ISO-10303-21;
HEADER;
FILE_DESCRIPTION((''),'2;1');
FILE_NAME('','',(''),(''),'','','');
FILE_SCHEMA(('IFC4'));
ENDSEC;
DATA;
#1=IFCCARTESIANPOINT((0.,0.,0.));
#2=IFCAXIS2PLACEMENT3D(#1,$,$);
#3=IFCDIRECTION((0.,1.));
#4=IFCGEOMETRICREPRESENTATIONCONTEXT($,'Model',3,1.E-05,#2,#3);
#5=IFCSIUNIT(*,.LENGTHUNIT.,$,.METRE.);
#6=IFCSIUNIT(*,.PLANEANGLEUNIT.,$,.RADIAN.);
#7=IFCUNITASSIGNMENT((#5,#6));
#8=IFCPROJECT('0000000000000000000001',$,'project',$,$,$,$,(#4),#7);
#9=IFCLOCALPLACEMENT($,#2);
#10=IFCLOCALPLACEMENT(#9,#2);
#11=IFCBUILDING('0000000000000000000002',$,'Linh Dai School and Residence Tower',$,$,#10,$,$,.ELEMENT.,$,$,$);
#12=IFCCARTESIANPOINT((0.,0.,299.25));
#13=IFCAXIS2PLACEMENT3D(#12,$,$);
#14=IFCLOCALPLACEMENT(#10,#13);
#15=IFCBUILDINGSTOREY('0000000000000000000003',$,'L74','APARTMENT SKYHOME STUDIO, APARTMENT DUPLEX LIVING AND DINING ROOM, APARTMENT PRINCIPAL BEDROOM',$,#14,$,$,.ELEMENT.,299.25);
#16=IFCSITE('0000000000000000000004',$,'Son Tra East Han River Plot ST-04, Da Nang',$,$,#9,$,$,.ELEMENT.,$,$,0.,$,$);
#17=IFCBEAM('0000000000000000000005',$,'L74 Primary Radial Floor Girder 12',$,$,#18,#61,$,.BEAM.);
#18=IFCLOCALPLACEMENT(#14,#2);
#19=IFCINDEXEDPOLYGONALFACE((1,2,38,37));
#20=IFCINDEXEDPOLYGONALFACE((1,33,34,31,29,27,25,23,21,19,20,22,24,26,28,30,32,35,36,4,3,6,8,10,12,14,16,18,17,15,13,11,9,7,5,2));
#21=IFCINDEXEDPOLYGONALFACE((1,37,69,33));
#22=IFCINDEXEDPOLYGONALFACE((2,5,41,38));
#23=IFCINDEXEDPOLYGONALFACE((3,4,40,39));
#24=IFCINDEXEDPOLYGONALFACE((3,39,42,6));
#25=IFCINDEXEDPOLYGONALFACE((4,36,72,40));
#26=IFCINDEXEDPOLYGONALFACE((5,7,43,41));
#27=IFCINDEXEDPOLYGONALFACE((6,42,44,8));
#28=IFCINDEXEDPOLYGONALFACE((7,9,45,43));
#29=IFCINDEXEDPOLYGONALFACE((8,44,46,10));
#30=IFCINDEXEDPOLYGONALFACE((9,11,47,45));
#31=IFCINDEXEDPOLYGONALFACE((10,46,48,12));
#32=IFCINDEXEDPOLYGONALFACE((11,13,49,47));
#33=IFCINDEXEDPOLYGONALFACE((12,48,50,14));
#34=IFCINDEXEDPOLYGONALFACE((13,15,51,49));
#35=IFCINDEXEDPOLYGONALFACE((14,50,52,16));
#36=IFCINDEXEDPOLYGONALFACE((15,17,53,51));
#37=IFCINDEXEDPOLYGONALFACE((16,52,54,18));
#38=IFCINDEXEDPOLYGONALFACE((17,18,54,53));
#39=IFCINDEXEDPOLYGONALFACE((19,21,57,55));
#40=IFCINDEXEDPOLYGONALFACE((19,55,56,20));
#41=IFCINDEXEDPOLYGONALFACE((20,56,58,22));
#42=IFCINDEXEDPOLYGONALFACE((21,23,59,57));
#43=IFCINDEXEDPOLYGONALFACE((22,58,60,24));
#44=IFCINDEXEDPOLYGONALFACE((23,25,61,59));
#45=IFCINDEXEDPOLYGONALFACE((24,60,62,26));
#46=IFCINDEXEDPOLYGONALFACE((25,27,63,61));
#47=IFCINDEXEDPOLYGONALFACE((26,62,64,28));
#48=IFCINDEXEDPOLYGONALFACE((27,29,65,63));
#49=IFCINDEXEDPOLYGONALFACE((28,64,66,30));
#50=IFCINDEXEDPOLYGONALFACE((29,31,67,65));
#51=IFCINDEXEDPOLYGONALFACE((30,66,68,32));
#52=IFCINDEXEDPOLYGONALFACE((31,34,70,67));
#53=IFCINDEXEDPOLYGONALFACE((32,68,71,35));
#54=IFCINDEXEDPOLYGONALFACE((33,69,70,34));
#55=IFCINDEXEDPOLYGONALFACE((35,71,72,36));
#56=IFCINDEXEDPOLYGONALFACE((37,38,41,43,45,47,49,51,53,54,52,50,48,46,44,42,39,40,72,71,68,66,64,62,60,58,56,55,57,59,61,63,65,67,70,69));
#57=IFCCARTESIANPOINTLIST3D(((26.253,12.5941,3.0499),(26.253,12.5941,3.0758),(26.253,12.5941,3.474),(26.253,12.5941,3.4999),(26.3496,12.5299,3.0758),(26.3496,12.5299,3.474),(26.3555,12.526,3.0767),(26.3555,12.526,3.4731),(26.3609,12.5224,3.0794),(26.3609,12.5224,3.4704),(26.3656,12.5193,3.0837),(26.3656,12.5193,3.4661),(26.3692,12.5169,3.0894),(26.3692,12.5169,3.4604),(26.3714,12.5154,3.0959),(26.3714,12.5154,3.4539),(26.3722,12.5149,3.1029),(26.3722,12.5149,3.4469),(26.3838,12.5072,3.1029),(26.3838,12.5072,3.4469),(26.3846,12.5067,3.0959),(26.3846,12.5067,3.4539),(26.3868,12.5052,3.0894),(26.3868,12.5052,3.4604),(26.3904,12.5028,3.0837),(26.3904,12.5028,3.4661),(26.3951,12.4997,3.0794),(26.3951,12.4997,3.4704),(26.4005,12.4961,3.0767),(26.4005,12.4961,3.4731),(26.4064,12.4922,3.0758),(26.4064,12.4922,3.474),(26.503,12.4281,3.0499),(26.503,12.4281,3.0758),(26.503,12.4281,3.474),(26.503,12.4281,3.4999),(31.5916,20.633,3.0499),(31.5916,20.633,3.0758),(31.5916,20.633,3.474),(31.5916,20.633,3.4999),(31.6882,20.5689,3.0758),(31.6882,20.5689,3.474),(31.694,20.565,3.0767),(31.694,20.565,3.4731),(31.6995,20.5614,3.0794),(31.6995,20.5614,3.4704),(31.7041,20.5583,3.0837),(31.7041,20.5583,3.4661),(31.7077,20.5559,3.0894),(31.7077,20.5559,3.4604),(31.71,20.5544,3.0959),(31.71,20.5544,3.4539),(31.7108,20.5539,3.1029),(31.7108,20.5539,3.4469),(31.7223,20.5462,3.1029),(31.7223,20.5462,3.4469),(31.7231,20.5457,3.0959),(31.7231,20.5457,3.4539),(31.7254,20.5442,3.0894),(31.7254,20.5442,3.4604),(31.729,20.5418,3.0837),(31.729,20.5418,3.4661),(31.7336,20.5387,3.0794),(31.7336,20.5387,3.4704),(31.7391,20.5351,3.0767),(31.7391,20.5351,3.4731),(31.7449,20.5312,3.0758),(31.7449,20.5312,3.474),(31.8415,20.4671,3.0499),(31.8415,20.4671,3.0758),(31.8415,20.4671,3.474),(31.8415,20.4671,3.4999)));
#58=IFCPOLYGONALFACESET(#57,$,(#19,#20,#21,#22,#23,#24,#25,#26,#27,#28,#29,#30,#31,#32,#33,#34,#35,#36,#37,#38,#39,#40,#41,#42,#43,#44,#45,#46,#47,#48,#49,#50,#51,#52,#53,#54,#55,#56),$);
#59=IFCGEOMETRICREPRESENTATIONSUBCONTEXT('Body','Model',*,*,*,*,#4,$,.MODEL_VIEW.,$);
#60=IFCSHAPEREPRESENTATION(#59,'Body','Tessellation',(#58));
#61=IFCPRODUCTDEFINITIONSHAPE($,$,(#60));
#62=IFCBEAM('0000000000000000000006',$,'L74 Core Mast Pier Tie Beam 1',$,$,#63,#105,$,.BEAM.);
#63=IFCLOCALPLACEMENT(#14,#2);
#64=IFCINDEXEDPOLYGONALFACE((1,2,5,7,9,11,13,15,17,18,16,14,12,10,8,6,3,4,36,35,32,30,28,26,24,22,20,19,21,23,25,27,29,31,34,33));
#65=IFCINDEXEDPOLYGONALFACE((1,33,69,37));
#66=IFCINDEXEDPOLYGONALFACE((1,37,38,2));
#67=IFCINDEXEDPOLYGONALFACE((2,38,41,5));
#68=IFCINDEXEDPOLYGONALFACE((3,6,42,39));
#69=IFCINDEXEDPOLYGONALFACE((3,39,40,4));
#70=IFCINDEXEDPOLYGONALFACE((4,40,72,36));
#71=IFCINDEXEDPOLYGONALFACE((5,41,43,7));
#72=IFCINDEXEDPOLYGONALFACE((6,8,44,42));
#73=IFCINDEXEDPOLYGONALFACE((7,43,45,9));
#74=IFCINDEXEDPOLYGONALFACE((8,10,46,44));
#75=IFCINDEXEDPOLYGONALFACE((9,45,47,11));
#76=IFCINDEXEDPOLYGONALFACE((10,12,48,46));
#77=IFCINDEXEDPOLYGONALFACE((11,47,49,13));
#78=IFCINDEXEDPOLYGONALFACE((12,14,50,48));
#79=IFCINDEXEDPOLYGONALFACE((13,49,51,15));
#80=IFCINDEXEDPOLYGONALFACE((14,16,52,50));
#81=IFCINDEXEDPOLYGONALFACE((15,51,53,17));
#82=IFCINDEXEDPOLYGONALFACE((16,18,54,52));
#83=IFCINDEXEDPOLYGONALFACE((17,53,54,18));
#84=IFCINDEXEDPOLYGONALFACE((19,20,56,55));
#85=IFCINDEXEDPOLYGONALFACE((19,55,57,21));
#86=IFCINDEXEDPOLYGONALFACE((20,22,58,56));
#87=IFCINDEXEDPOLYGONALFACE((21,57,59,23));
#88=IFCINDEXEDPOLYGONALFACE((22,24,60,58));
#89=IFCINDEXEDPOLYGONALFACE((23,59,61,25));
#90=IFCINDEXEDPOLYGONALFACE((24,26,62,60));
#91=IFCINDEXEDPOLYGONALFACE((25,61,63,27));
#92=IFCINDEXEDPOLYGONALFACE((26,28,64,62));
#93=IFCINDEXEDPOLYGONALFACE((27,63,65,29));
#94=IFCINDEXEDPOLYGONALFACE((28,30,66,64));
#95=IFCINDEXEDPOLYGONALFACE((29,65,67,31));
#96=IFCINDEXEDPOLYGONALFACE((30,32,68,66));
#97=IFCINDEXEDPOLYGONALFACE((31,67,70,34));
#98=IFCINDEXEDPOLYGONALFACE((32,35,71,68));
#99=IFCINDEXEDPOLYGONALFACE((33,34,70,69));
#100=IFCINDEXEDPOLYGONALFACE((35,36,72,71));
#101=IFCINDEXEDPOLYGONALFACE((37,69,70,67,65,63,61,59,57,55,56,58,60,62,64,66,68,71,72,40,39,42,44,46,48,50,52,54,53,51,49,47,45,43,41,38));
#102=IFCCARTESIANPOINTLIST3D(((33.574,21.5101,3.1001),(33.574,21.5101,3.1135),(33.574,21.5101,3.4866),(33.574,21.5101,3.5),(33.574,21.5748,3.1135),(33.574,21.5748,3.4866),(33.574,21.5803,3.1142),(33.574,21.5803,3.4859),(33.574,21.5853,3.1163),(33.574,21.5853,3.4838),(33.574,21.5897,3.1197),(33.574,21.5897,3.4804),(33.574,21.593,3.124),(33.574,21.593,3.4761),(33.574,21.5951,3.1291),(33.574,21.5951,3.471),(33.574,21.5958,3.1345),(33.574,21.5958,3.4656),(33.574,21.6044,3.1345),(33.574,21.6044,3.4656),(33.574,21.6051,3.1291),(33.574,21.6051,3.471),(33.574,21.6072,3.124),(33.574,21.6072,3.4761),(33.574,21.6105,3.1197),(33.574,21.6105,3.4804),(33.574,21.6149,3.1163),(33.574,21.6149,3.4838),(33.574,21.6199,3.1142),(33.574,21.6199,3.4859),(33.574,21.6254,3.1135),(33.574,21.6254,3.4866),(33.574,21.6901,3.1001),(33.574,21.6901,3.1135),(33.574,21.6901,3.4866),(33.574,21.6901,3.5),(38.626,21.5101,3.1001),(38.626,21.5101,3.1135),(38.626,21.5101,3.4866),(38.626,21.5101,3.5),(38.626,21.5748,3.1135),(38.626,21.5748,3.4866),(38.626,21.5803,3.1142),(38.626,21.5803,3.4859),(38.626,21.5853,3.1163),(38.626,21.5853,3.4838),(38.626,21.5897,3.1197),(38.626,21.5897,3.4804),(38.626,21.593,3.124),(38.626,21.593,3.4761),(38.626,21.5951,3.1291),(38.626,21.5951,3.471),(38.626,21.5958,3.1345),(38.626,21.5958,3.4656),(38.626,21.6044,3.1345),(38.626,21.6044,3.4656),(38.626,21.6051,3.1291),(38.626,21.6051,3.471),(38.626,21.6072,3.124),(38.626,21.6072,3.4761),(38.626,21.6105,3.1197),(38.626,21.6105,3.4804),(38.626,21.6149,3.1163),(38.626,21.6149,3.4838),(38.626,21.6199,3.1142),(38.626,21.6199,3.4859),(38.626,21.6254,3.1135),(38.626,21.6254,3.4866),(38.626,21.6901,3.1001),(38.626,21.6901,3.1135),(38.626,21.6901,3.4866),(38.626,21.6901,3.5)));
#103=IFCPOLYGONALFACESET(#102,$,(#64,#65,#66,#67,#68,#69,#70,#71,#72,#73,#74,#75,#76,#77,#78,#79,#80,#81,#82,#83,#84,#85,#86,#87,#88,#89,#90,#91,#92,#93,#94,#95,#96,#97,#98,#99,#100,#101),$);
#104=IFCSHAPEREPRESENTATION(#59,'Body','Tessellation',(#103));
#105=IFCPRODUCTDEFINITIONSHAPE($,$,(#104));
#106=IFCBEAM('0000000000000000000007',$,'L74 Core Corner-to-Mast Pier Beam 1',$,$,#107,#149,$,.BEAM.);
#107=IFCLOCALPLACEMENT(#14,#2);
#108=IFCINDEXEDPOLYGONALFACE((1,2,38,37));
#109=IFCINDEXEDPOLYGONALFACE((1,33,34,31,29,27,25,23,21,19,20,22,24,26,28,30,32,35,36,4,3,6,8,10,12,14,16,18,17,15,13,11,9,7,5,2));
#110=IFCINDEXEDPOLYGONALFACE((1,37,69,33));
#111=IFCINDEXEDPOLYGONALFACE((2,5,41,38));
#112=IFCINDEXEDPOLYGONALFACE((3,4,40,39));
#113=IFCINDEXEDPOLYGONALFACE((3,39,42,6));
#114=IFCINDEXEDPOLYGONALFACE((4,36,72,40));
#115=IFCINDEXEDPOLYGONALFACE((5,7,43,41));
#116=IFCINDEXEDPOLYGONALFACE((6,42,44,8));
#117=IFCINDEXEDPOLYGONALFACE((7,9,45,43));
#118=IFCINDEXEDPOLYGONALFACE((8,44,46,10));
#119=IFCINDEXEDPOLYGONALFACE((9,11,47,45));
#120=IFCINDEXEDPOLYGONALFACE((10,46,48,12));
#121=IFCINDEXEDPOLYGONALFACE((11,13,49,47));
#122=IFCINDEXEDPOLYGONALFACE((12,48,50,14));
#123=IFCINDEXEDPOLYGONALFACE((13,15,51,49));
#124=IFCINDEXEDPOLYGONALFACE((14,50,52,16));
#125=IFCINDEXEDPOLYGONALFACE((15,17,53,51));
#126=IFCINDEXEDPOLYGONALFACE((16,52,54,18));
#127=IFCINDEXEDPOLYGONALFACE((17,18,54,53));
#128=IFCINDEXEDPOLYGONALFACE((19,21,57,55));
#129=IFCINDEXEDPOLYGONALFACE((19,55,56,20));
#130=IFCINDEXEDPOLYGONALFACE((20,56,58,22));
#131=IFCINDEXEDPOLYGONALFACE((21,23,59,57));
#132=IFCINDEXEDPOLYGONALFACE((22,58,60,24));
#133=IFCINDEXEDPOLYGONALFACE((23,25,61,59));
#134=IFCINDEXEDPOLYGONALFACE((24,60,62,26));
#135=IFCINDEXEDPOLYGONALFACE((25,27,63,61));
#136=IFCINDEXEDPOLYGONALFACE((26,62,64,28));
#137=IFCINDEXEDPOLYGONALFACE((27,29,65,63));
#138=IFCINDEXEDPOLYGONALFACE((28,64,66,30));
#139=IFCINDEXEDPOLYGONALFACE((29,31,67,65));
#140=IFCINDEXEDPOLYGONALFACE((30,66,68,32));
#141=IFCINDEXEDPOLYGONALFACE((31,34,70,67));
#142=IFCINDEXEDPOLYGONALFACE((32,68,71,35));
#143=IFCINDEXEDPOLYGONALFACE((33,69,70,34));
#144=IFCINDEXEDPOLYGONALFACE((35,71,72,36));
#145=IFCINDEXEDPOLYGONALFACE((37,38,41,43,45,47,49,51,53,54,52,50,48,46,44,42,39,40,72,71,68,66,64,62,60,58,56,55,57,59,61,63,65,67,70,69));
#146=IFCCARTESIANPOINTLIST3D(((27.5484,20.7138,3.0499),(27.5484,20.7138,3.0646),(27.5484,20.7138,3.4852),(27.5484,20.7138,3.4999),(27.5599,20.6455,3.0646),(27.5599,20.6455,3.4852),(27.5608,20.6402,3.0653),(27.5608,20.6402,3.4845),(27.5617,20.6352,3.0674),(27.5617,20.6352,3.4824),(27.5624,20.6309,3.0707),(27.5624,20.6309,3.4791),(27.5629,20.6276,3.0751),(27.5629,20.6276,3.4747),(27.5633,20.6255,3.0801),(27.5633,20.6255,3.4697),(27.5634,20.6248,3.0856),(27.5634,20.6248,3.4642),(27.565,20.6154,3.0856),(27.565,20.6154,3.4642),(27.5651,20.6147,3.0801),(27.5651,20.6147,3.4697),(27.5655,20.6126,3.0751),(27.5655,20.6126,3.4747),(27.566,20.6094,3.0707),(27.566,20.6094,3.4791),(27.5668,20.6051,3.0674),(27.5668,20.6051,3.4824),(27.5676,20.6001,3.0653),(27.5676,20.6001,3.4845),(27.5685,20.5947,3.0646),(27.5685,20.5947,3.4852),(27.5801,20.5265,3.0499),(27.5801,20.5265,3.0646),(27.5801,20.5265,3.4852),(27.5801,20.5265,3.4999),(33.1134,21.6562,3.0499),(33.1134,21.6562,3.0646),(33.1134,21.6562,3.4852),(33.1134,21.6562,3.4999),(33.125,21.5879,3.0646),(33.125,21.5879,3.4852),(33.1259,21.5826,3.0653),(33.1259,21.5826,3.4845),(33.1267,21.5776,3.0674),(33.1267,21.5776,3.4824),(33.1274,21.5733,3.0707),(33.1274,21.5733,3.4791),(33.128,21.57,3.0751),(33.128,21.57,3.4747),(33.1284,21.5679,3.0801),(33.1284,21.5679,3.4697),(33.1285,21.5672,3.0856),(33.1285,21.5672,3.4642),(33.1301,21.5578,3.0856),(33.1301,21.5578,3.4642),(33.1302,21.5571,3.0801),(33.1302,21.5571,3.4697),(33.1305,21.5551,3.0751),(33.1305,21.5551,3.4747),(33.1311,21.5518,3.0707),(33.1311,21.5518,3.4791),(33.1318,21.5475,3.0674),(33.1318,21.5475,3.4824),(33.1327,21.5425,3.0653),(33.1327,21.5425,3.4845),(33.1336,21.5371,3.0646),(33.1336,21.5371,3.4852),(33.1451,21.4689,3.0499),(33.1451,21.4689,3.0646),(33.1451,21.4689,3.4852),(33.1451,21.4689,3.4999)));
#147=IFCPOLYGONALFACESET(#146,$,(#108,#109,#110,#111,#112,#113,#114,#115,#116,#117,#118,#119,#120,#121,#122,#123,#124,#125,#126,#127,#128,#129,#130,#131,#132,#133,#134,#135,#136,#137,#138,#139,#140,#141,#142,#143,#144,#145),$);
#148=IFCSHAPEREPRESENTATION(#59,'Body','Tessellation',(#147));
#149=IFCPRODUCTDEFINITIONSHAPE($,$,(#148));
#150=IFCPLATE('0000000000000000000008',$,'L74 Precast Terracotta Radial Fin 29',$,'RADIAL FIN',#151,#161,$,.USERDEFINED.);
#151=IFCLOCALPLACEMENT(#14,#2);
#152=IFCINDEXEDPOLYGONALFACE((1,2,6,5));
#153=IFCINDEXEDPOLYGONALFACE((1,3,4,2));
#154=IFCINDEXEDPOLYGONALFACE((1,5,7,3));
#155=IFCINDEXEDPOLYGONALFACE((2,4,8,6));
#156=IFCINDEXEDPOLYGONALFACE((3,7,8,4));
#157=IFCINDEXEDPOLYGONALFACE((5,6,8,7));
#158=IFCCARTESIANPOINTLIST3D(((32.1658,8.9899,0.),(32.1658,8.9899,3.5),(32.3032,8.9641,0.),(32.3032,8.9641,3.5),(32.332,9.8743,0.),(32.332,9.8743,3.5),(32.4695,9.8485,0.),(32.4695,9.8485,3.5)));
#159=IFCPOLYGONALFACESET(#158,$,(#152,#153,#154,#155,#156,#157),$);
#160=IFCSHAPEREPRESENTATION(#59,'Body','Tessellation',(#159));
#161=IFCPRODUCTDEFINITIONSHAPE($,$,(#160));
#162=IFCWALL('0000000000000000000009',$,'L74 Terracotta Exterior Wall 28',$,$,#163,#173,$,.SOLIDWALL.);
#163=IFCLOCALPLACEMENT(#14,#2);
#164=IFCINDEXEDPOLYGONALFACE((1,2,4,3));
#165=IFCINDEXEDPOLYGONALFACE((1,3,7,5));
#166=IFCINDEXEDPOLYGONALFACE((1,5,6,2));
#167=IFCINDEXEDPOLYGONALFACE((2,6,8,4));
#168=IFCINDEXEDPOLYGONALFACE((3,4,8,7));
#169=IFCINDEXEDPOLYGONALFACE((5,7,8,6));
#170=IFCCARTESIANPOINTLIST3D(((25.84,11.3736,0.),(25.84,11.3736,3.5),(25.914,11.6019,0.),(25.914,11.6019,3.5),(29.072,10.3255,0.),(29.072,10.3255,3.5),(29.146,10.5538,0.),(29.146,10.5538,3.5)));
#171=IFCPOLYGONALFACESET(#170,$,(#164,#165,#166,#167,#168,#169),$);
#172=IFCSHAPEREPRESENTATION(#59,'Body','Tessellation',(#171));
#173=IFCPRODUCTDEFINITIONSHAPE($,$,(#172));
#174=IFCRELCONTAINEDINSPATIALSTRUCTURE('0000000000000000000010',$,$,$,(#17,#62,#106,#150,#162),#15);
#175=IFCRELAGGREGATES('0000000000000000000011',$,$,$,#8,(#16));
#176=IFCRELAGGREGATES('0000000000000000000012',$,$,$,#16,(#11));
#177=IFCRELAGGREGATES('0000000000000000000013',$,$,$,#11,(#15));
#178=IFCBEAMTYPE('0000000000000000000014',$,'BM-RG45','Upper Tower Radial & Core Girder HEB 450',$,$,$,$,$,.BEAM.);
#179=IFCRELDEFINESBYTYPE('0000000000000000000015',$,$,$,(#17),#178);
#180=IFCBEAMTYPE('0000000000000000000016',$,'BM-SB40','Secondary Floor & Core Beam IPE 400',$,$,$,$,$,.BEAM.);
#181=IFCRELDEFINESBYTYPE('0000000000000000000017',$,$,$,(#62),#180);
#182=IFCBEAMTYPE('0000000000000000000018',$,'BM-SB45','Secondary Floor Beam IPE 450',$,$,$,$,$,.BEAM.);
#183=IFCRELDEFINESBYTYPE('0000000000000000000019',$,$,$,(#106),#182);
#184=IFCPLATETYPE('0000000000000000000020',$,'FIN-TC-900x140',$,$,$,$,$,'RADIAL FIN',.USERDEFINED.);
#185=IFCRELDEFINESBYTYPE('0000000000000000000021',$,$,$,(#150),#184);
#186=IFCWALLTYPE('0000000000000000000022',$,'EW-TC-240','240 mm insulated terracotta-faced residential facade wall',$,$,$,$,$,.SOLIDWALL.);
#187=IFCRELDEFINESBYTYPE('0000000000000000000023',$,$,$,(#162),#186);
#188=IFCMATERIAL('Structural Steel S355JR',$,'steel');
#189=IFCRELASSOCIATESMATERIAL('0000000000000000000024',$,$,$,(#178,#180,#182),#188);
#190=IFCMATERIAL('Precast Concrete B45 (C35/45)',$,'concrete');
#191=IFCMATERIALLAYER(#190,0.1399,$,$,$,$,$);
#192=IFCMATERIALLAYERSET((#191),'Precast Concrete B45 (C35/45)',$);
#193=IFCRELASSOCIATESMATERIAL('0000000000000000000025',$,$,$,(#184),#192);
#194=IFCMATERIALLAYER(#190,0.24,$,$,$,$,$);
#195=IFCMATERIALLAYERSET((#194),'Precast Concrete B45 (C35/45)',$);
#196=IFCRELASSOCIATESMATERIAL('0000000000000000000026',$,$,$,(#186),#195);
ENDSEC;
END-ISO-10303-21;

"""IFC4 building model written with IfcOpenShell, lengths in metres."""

from ifc_helpers import new_model, si_unit, direction, frame, frame_2d, origin, origin_2d, place, context, subcontext, project, spatial, rectangle, i_section, extrude, source, transform, mapped, material, layer, layer_set, material_profile, profile_set, type_object, element, save


model = new_model("IFC4")

# Units and contexts
model_context = context("Model", 3, precision=1e-05, world=origin(), true_north=direction((0.0, 1.0)))
body_context = subcontext(model_context, "Body", "Model", "MODEL_VIEW")
ifc_project = project(units=[si_unit("LENGTHUNIT", "METRE"), si_unit("PLANEANGLEUNIT", "RADIAN")], contexts=[model_context])

# Site, building, storey
site_placement = place(None, origin())
site = spatial("IfcSite", under=ifc_project, at=site_placement, Name="Son Tra East Han River Plot ST-04, Da Nang", CompositionType="ELEMENT", RefElevation=0.0)
building_placement = place(site_placement, origin())
building = spatial("IfcBuilding", under=site, at=building_placement, Name="Linh Dai School and Residence Tower", CompositionType="ELEMENT")
storey_placement = place(building_placement, frame((0.0, 0.0, 299.25)))
storey = spatial("IfcBuildingStorey", under=building, at=storey_placement, Name="L74", Description="APARTMENT SKYHOME STUDIO, APARTMENT DUPLEX LIVING AND DINING ROOM, APARTMENT PRINCIPAL BEDROOM", CompositionType="ELEMENT", Elevation=299.25)

# Shared definitions
ifc_material_1 = material(Name="Structural Steel S355JR", Category="steel")

# Beams
ifc_material_profile_1 = material_profile(ifc_material_1, i_section(OverallWidth=0.3, OverallDepth=0.45, WebThickness=0.0139, FlangeThickness=0.0259, FilletRadius=0.0271, at=origin_2d()), Name="HEB 450")
ifc_profile_set_1 = profile_set([ifc_material_profile_1], Name="Structural Steel S355JR")
beam_type_1 = type_object("IfcBeamType", Name="BM-RG45", Description="Upper Tower Radial & Core Girder HEB 450", PredefinedType="BEAM", material=ifc_profile_set_1)
beam_1_placement = place(storey_placement, frame((31.7166, 20.55, 3.2749), z_axis=(-0.553211, -0.833041, 0.0), x_axis=(0.833041, -0.553211, 0.0)))
element("IfcBeam", 1, at=beam_1_placement, inside=storey, type_object=beam_type_1, Name="L74 Primary Radial Floor Girder 12", PredefinedType="BEAM", context=body_context, shape_type="SweptSolid", body=[
    extrude(i_section(OverallWidth=0.3, OverallDepth=0.45, WebThickness=0.0139, FlangeThickness=0.0259, FilletRadius=0.0271, at=origin_2d()), origin(), (0.0, 0.0, 1.0), 9.6501),
])
ifc_material_profile_2 = material_profile(ifc_material_1, i_section(OverallWidth=0.1799, OverallDepth=0.3999, WebThickness=0.0085, FlangeThickness=0.0134, FilletRadius=0.021, at=origin_2d()), Name="IPE 400")
ifc_profile_set_2 = profile_set([ifc_material_profile_2], Name="Structural Steel S355JR")
beam_type_2 = type_object("IfcBeamType", Name="BM-SB40", Description="Secondary Floor & Core Beam IPE 400", PredefinedType="BEAM", material=ifc_profile_set_2)
beam_2_placement = place(storey_placement, frame((33.574, 21.6001, 3.3), z_axis=(1.0, 0.0, 0.0), x_axis=(0.0, 1.0, 0.0)))
element("IfcBeam", 2, at=beam_2_placement, inside=storey, type_object=beam_type_2, Name="L74 Core Mast Pier Tie Beam 1", PredefinedType="BEAM", context=body_context, shape_type="SweptSolid", body=[
    extrude(i_section(OverallWidth=0.1799, OverallDepth=0.3999, WebThickness=0.0085, FlangeThickness=0.0134, FilletRadius=0.021, at=origin_2d()), origin(), (0.0, 0.0, 1.0), 5.052),
])
ifc_material_profile_3 = material_profile(ifc_material_1, i_section(OverallWidth=0.1899, OverallDepth=0.45, WebThickness=0.0095, FlangeThickness=0.0146, FilletRadius=0.021, at=origin_2d()), Name="IPE 450")
ifc_profile_set_3 = profile_set([ifc_material_profile_3], Name="Structural Steel S355JR")
beam_type_3 = type_object("IfcBeamType", Name="BM-SB45", Description="Secondary Floor Beam IPE 450", PredefinedType="BEAM", material=ifc_profile_set_3)
beam_3_placement = place(storey_placement, frame((27.5642, 20.6201, 3.2749), z_axis=(0.985963, 0.166966, 0.0), x_axis=(-0.166966, 0.985963, 0.0)))
element("IfcBeam", 3, at=beam_3_placement, inside=storey, type_object=beam_type_3, Name="L74 Core Corner-to-Mast Pier Beam 1", PredefinedType="BEAM", context=body_context, shape_type="SweptSolid", body=[
    extrude(i_section(OverallWidth=0.1899, OverallDepth=0.45, WebThickness=0.0095, FlangeThickness=0.0146, FilletRadius=0.021, at=origin_2d()), origin(), (0.0, 0.0, 1.0), 5.6443),
])

# Plate
ifc_material_2 = material(Name="Precast Concrete B45 (C35/45)", Category="concrete")
ifc_layer_1 = layer(ifc_material_2, 0.1399)
ifc_layer_set_1 = layer_set([ifc_layer_1], Name="Precast Concrete B45 (C35/45)")
plate_type = type_object("IfcPlateType", Name="FIN-TC-900x140", ElementType="RADIAL FIN", PredefinedType="USERDEFINED", material=ifc_layer_set_1)
shared_shape_1 = source(origin(), body_context, "Body", "SweptSolid", [
    extrude(rectangle(XDim=0.8999, YDim=0.1399, at=origin_2d()), origin(), (0.0, 0.0, 1.0), 3.5),
])
plate_placement = place(storey_placement, frame((32.3176, 9.4192, 0.0), z_axis=(0.0, 0.0, 1.0), x_axis=(-0.184751, -0.982785, 0.0)))
element("IfcPlate", 4, at=plate_placement, inside=storey, type_object=plate_type, Name="L74 Precast Terracotta Radial Fin 29", ObjectType="RADIAL FIN", PredefinedType="USERDEFINED", context=body_context, shape_type="MappedRepresentation", body=[
    mapped(shared_shape_1, transform((0.0, 0.0, 0.0), x_axis=(1.0, 0.0, 0.0), y_axis=(0.0, 1.0, 0.0), z_axis=(0.0, 0.0, 1.0), scale=1.0)),
])

# Wall
ifc_layer_2 = layer(ifc_material_2, 0.24)
ifc_layer_set_2 = layer_set([ifc_layer_2], Name="Precast Concrete B45 (C35/45)")
wall_type_1 = type_object("IfcWallType", Name="EW-TC-240", Description="240 mm insulated terracotta-faced residential facade wall", PredefinedType="SOLIDWALL", material=ifc_layer_set_2)
wall_1_placement = place(storey_placement, frame((29.1089, 10.4397, 0.0), z_axis=(0.0, 0.0, 1.0), x_axis=(-0.951231, 0.308478, 0.0)))
element("IfcWall", 5, at=wall_1_placement, inside=storey, type_object=wall_type_1, Name="L74 Terracotta Exterior Wall 28", PredefinedType="SOLIDWALL", context=body_context, shape_type="SweptSolid", body=[
    extrude(rectangle(XDim=3.3977, YDim=0.24, at=frame_2d((1.6987, 0.0))), origin(), (0.0, 0.0, 1.0), 3.5),
])

save(model, "model.ifc")
